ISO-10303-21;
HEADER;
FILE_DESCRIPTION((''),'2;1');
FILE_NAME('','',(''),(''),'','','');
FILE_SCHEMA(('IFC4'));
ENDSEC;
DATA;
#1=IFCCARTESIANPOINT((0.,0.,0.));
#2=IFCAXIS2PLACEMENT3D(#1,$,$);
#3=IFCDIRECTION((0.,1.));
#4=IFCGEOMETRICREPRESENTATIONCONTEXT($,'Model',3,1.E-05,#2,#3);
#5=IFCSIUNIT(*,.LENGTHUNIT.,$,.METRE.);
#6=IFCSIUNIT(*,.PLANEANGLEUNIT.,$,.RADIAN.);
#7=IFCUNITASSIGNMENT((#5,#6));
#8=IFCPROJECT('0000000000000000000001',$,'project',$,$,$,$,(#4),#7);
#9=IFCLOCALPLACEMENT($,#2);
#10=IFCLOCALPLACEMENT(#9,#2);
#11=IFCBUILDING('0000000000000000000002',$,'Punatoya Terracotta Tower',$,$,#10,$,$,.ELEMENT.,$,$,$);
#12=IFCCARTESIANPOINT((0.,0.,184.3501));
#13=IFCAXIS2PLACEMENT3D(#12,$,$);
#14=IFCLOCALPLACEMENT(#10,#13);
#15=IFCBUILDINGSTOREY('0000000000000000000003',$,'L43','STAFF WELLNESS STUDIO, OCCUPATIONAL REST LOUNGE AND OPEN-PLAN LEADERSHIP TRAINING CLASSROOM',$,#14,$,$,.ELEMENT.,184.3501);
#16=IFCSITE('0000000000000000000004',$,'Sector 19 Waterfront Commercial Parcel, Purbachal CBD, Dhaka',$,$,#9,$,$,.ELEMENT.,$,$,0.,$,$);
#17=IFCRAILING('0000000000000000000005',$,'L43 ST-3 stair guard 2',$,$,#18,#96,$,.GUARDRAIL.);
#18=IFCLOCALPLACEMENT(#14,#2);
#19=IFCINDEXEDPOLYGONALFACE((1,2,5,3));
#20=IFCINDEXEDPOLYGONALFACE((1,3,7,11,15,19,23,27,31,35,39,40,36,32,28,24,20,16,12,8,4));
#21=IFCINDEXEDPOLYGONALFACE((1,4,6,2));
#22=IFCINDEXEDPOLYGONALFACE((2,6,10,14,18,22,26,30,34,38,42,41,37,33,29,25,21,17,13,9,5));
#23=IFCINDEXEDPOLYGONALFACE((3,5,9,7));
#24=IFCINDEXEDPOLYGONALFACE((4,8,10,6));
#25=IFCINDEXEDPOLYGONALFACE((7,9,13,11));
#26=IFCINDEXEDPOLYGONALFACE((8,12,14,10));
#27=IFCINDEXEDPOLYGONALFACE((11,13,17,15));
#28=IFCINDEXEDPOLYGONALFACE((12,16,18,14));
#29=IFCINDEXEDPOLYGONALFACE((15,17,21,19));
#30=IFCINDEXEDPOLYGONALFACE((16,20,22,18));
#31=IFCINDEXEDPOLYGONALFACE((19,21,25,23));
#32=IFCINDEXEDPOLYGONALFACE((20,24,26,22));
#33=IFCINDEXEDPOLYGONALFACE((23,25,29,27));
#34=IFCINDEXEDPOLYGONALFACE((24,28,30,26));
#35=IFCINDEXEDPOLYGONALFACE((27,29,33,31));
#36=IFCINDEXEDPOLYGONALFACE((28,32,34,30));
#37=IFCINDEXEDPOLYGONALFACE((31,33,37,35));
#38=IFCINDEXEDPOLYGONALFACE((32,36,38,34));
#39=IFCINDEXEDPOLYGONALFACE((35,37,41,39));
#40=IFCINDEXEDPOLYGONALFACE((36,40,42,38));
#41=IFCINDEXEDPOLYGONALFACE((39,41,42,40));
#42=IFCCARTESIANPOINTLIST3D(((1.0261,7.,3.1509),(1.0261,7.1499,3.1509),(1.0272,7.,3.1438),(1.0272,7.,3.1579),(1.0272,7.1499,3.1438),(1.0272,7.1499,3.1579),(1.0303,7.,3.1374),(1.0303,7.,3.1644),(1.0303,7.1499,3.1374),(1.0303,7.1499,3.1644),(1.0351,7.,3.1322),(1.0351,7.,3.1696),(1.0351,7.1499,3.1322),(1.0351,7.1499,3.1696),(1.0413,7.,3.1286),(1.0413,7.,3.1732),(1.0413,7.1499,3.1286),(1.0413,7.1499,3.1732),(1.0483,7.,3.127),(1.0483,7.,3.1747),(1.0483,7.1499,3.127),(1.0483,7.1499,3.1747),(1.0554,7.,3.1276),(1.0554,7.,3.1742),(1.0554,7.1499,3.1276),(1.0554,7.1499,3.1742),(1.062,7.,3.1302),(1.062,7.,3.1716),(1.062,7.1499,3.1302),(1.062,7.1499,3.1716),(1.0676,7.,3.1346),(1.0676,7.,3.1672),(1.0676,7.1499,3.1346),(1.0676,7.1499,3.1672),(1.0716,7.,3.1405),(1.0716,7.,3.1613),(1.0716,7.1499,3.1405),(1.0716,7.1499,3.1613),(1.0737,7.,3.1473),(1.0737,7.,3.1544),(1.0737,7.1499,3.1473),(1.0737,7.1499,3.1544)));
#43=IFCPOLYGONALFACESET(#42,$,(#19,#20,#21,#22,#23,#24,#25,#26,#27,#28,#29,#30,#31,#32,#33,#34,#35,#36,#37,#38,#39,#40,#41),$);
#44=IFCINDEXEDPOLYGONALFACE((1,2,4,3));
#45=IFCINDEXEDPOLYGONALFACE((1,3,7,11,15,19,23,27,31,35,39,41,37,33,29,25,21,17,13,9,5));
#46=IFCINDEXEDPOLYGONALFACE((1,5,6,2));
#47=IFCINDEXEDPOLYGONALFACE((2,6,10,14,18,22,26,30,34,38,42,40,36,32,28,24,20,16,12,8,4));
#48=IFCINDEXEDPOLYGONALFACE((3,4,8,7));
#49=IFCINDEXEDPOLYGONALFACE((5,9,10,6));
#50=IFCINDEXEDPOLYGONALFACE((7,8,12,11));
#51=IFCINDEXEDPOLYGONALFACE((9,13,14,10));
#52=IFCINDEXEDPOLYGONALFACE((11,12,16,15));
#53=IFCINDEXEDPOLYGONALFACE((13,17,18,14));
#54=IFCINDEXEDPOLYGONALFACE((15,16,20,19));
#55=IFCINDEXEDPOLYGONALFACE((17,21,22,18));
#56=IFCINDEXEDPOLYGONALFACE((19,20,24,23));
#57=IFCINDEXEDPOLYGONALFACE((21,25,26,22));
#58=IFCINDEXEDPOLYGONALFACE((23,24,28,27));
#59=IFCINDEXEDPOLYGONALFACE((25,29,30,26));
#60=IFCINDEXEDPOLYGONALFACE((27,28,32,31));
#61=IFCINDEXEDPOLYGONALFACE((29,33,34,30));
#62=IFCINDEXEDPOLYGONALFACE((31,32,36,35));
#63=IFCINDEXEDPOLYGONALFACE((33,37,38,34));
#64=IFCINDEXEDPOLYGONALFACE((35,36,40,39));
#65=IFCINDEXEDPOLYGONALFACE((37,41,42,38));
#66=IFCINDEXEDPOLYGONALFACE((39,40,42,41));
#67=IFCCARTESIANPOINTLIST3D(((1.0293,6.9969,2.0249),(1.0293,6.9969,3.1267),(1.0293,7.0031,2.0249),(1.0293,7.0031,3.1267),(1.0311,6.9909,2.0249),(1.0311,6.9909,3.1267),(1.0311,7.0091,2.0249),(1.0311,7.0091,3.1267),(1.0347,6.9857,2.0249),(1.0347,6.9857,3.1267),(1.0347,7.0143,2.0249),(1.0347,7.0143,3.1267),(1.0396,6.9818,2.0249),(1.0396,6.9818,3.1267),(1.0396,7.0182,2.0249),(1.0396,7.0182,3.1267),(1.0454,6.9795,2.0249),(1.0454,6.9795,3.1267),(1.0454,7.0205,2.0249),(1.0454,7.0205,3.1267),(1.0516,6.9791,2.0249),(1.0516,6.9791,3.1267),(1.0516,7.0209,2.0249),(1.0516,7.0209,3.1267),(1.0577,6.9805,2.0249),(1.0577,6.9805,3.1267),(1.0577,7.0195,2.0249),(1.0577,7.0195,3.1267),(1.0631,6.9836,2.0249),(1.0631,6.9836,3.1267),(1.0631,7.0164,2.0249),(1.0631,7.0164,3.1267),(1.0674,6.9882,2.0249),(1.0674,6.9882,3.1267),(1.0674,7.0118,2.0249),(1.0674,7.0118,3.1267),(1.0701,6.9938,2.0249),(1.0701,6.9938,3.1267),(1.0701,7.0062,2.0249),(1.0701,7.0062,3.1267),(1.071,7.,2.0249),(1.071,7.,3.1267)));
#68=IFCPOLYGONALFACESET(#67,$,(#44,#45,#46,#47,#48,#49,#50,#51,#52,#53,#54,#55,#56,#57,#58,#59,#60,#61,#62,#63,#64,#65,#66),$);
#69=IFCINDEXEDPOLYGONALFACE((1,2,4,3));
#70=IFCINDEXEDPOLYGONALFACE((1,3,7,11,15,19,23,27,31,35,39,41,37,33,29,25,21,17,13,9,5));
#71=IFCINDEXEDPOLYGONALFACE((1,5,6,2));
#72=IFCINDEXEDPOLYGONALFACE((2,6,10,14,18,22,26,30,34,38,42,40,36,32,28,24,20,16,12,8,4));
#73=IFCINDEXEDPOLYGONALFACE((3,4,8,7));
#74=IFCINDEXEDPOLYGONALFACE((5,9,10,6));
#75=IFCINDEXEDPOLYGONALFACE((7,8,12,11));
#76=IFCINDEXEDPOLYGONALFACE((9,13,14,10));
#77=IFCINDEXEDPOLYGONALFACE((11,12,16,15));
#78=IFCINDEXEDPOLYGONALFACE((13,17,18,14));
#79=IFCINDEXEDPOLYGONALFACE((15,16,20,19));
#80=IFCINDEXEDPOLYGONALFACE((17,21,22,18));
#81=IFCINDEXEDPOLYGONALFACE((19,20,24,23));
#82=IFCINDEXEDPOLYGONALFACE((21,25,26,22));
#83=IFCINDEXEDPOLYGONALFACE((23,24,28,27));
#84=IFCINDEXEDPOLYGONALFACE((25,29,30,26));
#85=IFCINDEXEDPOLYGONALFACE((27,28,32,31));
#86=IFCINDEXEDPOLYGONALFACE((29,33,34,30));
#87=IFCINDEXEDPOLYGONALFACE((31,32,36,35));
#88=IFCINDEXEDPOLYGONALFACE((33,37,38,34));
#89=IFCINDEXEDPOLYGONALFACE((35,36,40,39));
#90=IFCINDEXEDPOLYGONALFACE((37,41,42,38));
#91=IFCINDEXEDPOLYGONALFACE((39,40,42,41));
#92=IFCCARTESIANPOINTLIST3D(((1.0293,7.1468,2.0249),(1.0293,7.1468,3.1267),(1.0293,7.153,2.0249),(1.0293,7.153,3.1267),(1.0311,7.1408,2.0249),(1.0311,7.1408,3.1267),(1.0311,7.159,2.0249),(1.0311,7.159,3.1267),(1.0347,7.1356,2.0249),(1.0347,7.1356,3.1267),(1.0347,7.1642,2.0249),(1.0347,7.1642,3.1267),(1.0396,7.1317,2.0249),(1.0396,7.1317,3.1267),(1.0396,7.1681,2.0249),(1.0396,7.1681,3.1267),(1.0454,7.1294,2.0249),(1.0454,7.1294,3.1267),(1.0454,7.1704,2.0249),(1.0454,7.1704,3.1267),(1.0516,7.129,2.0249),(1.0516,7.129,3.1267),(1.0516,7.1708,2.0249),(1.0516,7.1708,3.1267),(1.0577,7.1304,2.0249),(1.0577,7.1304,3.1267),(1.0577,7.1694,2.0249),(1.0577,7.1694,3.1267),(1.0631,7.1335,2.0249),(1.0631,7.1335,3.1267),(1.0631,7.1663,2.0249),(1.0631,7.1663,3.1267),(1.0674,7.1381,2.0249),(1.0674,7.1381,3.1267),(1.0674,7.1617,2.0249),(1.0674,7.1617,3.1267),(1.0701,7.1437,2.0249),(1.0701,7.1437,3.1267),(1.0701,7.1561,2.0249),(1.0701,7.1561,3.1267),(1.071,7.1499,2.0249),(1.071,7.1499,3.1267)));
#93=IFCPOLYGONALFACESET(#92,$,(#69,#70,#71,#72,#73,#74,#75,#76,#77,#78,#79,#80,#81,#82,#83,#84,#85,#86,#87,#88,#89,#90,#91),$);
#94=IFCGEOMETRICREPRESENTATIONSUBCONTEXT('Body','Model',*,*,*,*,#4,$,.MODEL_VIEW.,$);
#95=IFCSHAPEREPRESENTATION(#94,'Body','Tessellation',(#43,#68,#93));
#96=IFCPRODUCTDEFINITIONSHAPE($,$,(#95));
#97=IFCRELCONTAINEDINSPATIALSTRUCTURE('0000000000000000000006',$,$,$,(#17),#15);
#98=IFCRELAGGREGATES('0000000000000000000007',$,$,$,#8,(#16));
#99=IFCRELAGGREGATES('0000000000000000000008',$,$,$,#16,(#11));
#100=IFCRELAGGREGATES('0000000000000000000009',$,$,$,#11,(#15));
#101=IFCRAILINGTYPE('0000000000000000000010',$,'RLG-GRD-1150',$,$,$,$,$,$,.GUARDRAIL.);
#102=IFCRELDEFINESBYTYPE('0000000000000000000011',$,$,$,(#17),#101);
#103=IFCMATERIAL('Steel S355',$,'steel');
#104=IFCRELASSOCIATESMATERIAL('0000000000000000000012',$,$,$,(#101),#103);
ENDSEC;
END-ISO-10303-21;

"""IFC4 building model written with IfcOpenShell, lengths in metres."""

from ifc_helpers import new_model, si_unit, direction, frame, origin, origin_2d, place, context, subcontext, project, spatial, circle, extrude, material, type_object, element, save


model = new_model("IFC4")

# Units and contexts
model_context = context("Model", 3, precision=1e-05, world=origin(), true_north=direction((0.0, 1.0)))
body_context = subcontext(model_context, "Body", "Model", "MODEL_VIEW")
ifc_project = project(units=[si_unit("LENGTHUNIT", "METRE"), si_unit("PLANEANGLEUNIT", "RADIAN")], contexts=[model_context])

# Site, building, storey
site_placement = place(None, origin())
site = spatial("IfcSite", under=ifc_project, at=site_placement, Name="Sector 19 Waterfront Commercial Parcel, Purbachal CBD, Dhaka", CompositionType="ELEMENT", RefElevation=0.0)
building_placement = place(site_placement, origin())
building = spatial("IfcBuilding", under=site, at=building_placement, Name="Punatoya Terracotta Tower", CompositionType="ELEMENT")
storey_placement = place(building_placement, frame((0.0, 0.0, 184.3501)))
storey = spatial("IfcBuildingStorey", under=building, at=storey_placement, Name="L43", Description="STAFF WELLNESS STUDIO, OCCUPATIONAL REST LOUNGE AND OPEN-PLAN LEADERSHIP TRAINING CLASSROOM", CompositionType="ELEMENT", Elevation=184.3501)

# Shared definitions
ifc_material_1 = material(Name="Steel S355", Category="steel")

# Railing
railing_type_1 = type_object("IfcRailingType", Name="RLG-GRD-1150", PredefinedType="GUARDRAIL", material=ifc_material_1)
railing_1_placement = place(storey_placement, frame((1.05, 7.0, 2.0249)))
element("IfcRailing", 1, at=railing_1_placement, inside=storey, type_object=railing_type_1, Name="L43 ST-3 stair guard 2", PredefinedType="GUARDRAIL", context=body_context, shape_type="SweptSolid", body=[
    extrude(circle(Radius=0.0239, at=origin_2d()), frame((0.0, 0.0, 1.126), z_axis=(0.0, 1.0, 0.0), x_axis=(-1.0, 0.0, 0.0)), (0.0, 0.0, 1.0), 0.1499),
    extrude(circle(Radius=0.021, at=origin_2d()), origin(), (0.0, 0.0, 1.0), 1.1018),
    extrude(circle(Radius=0.021, at=origin_2d()), frame((0.0, 0.1499, 0.0)), (0.0, 0.0, 1.0), 1.1018),
])

save(model, "model.ifc")
